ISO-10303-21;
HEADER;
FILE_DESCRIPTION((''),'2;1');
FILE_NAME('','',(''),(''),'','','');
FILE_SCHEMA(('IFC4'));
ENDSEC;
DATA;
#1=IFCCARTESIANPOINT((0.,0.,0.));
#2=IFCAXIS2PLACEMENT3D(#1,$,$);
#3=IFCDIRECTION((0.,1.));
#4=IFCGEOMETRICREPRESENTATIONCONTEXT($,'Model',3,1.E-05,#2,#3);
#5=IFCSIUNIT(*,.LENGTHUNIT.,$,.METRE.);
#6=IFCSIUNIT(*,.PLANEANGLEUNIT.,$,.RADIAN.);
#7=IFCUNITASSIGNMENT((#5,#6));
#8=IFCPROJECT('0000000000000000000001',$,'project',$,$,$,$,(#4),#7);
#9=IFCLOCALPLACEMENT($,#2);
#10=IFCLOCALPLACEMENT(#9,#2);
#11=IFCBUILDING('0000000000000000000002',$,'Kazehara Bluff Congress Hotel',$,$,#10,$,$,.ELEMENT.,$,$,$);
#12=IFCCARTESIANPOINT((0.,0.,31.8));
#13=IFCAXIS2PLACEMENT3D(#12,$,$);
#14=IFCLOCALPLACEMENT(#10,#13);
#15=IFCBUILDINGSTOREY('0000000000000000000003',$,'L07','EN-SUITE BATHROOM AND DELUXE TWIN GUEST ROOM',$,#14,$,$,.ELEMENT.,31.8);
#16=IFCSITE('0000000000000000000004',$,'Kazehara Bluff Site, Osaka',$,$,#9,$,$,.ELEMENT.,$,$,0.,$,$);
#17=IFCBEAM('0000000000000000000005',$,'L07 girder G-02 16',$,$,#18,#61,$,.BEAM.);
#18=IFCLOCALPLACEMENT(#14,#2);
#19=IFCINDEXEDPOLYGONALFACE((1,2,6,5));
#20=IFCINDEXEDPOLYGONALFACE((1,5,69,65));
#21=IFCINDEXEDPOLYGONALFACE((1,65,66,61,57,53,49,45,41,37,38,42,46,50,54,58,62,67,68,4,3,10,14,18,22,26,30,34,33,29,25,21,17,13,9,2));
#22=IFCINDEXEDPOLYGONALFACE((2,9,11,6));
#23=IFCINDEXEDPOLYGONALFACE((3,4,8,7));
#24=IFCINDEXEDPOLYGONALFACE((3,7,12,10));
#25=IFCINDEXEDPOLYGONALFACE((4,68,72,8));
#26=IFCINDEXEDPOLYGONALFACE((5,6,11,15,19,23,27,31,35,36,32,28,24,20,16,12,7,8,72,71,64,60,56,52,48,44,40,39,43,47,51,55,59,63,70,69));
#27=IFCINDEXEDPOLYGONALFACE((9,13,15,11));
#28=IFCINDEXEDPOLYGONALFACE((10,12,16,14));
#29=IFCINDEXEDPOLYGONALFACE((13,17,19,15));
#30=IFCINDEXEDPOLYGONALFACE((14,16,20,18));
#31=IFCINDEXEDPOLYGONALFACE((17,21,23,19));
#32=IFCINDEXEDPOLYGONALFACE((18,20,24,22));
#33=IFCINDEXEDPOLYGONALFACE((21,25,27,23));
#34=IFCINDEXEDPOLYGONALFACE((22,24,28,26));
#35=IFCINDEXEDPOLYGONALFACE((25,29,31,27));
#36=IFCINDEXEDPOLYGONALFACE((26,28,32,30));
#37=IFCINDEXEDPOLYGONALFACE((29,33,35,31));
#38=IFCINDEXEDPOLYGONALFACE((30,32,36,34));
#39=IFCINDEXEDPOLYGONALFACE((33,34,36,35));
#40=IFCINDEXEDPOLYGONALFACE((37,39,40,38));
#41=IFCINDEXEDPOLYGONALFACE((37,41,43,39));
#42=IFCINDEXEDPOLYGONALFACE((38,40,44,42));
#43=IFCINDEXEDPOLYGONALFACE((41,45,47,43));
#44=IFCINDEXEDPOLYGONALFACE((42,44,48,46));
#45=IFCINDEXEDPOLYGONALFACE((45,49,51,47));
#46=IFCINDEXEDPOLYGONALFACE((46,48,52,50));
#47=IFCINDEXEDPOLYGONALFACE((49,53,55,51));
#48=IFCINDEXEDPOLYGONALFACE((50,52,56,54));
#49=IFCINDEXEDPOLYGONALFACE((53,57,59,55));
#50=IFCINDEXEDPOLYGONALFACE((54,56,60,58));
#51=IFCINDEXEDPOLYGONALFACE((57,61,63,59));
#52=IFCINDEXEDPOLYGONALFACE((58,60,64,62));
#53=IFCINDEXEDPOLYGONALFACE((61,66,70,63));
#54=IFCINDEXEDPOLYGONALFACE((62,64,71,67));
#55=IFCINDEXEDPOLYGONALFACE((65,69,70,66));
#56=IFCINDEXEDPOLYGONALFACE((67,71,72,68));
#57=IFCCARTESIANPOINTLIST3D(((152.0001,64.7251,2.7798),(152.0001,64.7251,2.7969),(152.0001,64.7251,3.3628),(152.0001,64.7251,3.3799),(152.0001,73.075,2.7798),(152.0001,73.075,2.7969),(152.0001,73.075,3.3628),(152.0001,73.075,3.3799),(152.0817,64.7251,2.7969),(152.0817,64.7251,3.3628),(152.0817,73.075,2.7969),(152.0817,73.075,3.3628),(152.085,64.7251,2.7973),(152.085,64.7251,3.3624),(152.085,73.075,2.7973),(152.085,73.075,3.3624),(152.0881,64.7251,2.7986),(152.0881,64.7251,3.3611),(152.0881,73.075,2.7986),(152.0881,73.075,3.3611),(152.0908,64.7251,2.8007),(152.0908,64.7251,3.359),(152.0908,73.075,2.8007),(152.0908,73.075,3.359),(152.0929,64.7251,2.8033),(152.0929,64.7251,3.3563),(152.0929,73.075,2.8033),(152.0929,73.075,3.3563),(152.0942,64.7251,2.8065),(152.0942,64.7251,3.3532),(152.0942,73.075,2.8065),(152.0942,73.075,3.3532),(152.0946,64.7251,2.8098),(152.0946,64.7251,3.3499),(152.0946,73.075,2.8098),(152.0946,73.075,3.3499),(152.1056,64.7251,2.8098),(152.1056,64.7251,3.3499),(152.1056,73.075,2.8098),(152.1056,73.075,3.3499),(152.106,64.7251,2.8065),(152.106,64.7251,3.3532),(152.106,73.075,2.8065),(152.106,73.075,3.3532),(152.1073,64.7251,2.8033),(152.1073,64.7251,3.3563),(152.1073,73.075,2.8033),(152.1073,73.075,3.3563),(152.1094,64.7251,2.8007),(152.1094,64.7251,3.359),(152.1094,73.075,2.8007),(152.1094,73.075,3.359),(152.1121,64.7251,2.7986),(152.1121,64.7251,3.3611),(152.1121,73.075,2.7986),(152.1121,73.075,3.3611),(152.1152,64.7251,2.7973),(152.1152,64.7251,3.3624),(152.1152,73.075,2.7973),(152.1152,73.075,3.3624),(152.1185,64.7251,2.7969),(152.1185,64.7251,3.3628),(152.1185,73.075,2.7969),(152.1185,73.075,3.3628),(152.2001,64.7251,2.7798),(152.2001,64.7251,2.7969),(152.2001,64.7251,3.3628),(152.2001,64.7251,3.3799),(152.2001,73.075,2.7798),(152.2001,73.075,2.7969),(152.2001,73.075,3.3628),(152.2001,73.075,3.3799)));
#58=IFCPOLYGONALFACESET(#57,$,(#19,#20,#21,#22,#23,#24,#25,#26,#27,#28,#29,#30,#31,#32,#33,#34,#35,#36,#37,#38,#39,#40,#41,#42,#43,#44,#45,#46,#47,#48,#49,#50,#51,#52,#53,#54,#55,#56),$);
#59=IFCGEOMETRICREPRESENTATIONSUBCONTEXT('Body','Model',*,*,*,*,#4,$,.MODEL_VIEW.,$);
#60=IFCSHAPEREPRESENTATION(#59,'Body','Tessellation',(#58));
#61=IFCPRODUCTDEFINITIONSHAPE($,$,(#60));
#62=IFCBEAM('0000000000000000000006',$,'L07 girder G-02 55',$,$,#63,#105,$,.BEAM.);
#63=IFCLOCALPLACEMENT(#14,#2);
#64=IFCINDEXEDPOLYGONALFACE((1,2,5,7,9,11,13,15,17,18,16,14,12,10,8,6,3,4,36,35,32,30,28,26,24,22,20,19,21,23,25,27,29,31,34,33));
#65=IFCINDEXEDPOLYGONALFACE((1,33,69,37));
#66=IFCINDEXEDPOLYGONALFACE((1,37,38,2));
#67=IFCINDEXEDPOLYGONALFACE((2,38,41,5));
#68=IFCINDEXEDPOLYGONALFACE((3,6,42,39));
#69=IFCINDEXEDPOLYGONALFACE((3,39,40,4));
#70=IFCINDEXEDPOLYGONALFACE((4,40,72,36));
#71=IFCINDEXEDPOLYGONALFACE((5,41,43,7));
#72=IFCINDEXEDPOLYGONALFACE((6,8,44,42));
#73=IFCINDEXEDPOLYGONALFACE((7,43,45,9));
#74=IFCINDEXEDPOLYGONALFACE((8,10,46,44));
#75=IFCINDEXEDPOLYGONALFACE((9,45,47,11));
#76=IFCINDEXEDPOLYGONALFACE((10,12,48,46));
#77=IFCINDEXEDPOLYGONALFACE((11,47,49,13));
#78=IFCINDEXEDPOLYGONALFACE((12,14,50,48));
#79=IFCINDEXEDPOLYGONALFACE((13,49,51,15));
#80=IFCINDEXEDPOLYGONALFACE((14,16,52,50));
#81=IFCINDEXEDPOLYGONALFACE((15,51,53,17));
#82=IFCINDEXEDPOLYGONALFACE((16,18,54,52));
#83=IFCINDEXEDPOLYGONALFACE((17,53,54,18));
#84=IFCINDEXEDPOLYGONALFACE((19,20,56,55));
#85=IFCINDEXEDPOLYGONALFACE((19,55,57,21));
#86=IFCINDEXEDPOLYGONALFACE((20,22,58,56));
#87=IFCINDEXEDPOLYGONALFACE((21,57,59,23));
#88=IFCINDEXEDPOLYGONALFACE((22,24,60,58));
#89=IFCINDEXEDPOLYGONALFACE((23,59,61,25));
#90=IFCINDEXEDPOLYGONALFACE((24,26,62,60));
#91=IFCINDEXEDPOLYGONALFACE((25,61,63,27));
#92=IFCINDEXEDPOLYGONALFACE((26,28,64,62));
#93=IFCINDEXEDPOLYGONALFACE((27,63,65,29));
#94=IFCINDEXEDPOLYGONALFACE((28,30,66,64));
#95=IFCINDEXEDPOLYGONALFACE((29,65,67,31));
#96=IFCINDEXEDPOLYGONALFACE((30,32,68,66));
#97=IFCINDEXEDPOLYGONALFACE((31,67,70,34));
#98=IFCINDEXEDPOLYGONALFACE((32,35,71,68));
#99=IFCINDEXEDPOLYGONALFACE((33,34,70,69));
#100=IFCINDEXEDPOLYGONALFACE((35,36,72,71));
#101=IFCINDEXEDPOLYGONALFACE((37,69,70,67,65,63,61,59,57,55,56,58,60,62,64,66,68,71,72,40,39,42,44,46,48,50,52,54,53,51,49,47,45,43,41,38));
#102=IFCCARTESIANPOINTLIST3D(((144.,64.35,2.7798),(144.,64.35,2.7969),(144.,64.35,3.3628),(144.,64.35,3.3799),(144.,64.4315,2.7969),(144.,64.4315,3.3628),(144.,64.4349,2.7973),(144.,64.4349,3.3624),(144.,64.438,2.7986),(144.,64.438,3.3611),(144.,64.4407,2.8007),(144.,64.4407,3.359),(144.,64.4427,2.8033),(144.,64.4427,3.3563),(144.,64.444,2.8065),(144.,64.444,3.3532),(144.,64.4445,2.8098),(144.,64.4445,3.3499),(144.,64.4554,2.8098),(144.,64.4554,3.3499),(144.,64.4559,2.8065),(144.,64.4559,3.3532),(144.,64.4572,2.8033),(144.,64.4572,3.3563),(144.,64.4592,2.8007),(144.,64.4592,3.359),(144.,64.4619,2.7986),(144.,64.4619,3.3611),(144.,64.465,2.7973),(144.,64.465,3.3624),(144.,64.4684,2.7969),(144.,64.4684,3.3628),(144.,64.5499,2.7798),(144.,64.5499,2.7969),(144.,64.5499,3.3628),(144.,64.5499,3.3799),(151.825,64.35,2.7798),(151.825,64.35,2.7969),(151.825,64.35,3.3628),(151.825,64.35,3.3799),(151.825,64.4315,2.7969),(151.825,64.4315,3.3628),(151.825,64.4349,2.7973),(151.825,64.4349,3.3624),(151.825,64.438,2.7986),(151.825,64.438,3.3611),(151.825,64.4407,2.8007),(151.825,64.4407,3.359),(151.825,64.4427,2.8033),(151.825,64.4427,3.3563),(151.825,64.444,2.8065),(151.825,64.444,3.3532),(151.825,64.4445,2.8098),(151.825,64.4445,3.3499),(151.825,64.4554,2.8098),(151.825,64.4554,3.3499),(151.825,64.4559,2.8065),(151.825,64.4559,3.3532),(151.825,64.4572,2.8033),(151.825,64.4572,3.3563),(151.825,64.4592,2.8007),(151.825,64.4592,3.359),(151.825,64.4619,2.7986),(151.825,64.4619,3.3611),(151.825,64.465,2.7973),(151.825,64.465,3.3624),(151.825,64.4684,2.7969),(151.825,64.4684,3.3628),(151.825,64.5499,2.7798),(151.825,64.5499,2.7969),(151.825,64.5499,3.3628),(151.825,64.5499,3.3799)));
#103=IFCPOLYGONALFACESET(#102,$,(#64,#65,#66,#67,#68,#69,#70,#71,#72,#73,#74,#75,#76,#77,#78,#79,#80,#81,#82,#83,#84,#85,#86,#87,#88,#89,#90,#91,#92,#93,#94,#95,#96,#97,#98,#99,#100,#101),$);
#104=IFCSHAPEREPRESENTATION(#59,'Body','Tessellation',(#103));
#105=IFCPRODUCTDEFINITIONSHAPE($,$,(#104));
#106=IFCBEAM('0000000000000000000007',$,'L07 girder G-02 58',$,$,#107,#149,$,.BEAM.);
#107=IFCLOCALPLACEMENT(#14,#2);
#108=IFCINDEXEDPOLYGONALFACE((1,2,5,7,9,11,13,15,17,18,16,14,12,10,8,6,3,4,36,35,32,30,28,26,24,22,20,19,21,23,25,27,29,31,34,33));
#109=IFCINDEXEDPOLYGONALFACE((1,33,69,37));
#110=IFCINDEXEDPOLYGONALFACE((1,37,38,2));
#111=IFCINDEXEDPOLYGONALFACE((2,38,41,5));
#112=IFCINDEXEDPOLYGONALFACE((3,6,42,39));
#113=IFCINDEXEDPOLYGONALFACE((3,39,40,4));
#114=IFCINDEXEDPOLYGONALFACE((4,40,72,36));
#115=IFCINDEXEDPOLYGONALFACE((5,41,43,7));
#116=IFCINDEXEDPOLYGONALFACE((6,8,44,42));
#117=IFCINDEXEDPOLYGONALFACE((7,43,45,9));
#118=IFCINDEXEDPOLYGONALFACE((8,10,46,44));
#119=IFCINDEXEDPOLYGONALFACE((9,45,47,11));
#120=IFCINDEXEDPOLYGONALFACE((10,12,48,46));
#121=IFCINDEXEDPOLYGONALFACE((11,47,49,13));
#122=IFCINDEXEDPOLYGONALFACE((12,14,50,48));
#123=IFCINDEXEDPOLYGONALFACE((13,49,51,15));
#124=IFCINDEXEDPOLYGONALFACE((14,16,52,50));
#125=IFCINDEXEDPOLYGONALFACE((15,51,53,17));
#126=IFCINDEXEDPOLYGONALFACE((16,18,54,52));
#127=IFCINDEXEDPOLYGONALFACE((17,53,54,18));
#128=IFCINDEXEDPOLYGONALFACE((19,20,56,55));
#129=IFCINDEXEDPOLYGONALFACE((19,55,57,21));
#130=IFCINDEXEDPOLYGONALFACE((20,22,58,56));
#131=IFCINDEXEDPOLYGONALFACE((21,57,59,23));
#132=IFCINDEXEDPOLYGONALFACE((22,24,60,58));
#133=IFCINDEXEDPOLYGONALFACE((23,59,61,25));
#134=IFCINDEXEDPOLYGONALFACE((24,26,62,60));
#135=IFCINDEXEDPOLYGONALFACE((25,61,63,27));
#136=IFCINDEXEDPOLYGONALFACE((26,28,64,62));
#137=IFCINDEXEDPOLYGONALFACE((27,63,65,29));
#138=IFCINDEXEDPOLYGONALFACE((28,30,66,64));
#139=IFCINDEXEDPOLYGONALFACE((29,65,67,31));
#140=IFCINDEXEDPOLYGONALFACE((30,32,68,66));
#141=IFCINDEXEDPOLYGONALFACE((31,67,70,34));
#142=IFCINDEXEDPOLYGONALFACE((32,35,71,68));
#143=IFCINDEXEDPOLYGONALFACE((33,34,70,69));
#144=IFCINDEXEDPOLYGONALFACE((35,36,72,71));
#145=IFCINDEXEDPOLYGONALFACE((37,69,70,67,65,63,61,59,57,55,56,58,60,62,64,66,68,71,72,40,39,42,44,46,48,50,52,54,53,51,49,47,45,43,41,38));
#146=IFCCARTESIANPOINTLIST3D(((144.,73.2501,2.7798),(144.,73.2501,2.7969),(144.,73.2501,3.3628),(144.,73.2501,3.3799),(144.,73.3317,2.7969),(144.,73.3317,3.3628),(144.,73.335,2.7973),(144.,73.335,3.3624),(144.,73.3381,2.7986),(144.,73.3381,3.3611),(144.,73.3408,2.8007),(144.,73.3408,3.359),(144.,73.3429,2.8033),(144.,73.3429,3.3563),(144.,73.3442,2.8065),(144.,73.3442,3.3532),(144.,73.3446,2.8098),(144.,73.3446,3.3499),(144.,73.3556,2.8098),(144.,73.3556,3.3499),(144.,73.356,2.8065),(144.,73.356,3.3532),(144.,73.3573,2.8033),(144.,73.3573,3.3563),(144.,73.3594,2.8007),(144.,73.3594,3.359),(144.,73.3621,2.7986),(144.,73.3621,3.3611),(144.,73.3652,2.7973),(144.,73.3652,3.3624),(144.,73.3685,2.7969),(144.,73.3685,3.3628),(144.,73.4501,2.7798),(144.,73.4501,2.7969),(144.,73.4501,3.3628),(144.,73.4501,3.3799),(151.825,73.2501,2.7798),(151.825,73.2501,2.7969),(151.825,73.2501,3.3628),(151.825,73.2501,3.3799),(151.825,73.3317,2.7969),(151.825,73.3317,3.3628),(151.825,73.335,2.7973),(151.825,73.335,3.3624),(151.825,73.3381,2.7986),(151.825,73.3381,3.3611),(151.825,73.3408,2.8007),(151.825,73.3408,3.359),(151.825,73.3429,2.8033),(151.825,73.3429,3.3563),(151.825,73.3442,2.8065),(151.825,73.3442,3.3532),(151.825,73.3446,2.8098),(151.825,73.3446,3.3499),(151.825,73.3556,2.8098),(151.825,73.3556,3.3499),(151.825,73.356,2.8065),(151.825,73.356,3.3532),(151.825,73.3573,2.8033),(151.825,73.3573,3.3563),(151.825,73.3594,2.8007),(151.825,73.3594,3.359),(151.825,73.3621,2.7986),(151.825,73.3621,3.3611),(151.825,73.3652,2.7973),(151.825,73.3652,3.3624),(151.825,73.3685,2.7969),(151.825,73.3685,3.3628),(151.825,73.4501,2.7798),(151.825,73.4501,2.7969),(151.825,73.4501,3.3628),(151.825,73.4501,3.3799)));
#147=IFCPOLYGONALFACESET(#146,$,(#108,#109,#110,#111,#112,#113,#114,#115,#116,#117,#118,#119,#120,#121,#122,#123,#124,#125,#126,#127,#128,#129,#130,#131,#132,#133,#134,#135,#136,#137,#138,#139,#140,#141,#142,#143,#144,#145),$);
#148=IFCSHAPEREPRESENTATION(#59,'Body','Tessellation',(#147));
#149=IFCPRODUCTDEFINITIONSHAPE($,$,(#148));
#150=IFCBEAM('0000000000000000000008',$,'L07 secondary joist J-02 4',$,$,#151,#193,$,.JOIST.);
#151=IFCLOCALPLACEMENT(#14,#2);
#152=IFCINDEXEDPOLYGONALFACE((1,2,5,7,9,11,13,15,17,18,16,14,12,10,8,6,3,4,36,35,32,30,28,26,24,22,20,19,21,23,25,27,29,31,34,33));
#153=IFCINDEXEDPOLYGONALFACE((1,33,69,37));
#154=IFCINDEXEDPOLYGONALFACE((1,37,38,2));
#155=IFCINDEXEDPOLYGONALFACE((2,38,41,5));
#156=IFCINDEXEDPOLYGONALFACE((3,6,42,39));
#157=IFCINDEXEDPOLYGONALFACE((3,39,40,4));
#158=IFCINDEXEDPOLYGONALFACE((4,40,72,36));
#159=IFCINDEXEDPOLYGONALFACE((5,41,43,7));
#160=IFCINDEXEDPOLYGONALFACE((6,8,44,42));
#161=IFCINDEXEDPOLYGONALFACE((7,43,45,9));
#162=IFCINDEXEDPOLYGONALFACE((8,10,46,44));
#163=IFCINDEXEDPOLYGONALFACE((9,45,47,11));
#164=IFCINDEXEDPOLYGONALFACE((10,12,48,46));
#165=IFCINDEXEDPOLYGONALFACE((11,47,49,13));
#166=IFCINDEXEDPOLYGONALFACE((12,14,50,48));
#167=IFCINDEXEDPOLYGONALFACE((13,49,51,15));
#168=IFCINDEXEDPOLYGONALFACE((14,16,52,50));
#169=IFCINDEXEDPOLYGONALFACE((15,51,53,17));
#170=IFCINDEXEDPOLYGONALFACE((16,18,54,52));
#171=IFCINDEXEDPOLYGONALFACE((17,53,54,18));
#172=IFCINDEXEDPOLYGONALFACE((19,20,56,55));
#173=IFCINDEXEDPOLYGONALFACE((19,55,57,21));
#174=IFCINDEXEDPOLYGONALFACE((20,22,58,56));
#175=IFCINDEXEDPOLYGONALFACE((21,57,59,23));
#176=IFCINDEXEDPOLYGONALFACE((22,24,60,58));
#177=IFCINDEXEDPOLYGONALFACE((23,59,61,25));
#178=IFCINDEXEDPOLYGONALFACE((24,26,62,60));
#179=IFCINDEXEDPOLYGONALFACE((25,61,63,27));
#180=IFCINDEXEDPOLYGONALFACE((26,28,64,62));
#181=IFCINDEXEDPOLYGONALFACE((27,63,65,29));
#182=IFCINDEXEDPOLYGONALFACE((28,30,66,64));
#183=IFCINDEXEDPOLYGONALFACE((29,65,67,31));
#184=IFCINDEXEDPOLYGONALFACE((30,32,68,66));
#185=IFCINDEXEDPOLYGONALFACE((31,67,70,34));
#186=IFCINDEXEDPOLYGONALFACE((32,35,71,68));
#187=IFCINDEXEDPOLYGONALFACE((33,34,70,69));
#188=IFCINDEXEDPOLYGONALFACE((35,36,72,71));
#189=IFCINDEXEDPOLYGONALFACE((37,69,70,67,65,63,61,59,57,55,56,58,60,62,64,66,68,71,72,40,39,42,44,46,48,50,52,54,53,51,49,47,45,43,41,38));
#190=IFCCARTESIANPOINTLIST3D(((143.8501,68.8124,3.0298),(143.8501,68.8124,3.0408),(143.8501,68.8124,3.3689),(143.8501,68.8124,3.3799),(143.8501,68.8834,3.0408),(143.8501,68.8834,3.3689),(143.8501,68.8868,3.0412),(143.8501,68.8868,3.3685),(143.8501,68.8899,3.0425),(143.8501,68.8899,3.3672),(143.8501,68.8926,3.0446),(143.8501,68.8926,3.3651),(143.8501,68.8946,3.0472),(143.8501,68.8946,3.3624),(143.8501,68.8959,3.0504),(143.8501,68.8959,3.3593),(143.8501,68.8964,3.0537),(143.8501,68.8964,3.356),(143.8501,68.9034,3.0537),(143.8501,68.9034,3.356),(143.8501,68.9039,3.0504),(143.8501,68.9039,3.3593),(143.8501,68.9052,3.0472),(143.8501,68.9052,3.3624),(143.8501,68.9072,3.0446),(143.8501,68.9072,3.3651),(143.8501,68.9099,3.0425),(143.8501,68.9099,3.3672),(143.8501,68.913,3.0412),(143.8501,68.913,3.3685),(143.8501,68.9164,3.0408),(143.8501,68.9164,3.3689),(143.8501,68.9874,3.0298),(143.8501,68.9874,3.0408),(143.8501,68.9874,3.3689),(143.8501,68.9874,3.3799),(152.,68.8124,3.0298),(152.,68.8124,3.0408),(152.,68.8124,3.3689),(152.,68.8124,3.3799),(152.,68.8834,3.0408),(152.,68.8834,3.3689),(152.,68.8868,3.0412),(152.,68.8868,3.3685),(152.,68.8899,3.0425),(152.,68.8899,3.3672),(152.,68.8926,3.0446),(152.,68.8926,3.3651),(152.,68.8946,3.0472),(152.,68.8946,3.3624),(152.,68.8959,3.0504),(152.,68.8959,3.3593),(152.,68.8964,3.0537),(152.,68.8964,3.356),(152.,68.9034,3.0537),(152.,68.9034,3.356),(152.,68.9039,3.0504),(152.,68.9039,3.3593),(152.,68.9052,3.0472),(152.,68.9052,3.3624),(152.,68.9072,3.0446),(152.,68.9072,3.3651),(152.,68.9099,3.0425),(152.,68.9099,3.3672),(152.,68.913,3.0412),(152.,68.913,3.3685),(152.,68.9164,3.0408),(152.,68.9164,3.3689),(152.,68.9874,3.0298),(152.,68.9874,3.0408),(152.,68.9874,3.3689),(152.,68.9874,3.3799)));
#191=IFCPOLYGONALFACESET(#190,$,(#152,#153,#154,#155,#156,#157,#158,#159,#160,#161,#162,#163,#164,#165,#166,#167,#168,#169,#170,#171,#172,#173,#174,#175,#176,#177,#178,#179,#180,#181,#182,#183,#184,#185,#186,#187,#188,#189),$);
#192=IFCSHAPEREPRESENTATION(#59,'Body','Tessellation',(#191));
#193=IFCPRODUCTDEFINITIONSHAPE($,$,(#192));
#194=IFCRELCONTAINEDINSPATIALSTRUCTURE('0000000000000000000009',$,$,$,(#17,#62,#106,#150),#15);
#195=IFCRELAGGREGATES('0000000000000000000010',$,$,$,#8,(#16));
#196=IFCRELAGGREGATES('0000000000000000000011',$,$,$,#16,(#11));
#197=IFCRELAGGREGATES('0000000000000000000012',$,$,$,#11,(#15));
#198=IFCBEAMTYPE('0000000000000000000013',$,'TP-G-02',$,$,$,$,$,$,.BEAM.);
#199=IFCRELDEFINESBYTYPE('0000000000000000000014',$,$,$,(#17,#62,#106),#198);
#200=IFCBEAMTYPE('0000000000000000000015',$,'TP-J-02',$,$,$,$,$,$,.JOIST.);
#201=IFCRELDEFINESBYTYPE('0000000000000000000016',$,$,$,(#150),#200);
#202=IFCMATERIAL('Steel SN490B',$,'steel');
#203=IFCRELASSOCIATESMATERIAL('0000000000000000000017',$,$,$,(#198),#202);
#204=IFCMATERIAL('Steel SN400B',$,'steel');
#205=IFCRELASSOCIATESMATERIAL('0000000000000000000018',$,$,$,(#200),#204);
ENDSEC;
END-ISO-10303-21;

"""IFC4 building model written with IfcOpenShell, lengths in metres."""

from ifc_helpers import new_model, si_unit, direction, frame, origin, origin_2d, place, context, subcontext, project, spatial, i_section, extrude, material, material_profile, profile_set, type_object, element, save


model = new_model("IFC4")

# Units and contexts
model_context = context("Model", 3, precision=1e-05, world=origin(), true_north=direction((0.0, 1.0)))
body_context = subcontext(model_context, "Body", "Model", "MODEL_VIEW")
ifc_project = project(units=[si_unit("LENGTHUNIT", "METRE"), si_unit("PLANEANGLEUNIT", "RADIAN")], contexts=[model_context])

# Site, building, storey
site_placement = place(None, origin())
site = spatial("IfcSite", under=ifc_project, at=site_placement, Name="Kazehara Bluff Site, Osaka", CompositionType="ELEMENT", RefElevation=0.0)
building_placement = place(site_placement, origin())
building = spatial("IfcBuilding", under=site, at=building_placement, Name="Kazehara Bluff Congress Hotel", CompositionType="ELEMENT")
storey_placement = place(building_placement, frame((0.0, 0.0, 31.8)))
storey = spatial("IfcBuildingStorey", under=building, at=storey_placement, Name="L07", Description="EN-SUITE BATHROOM AND DELUXE TWIN GUEST ROOM", CompositionType="ELEMENT", Elevation=31.8)

# Beams
ifc_material_1 = material(Name="Steel SN490B", Category="steel")
ifc_material_profile_1 = material_profile(ifc_material_1, i_section(OverallWidth=0.2, OverallDepth=0.6001, WebThickness=0.011, FlangeThickness=0.0171, FilletRadius=0.0129, at=origin_2d()))
ifc_profile_set_1 = profile_set([ifc_material_profile_1], Name="Steel SN490B")
beam_type_1 = type_object("IfcBeamType", Name="TP-G-02", PredefinedType="BEAM", material=ifc_profile_set_1)
beam_1_placement = place(storey_placement, frame((152.1001, 64.7251, 3.0798), z_axis=(0.0, 1.0, 0.0), x_axis=(-1.0, 0.0, 0.0)))
element("IfcBeam", 1, at=beam_1_placement, inside=storey, type_object=beam_type_1, Name="L07 girder G-02 16", PredefinedType="BEAM", context=body_context, shape_type="SweptSolid", body=[
    extrude(i_section(OverallWidth=0.2, OverallDepth=0.6001, WebThickness=0.011, FlangeThickness=0.0171, FilletRadius=0.0129, at=origin_2d()), origin(), (0.0, 0.0, 1.0), 8.3499),
])
for number, where, z_axis, x_axis, name in (
    (2, (144.0, 64.45, 3.0798), (1.0, 0.0, 0.0), (0.0, 1.0, 0.0), "L07 girder G-02 55"),
    (3, (144.0, 73.3501, 3.0798), (1.0, 0.0, 0.0), (0.0, 1.0, 0.0), "L07 girder G-02 58"),
):
    element("IfcBeam", number, at=place(storey_placement, frame(where, z_axis=z_axis, x_axis=x_axis)), inside=storey, type_object=beam_type_1, Name=name, PredefinedType="BEAM", context=body_context, shape_type="SweptSolid", body=[
        extrude(i_section(OverallWidth=0.2, OverallDepth=0.6001, WebThickness=0.011, FlangeThickness=0.0171, FilletRadius=0.0129, at=origin_2d()), origin(), (0.0, 0.0, 1.0), 7.825),
    ])
ifc_material_2 = material(Name="Steel SN400B", Category="steel")
ifc_material_profile_2 = material_profile(ifc_material_2, i_section(OverallWidth=0.175, OverallDepth=0.3501, WebThickness=0.0071, FlangeThickness=0.011, FilletRadius=0.0129, at=origin_2d()))
ifc_profile_set_2 = profile_set([ifc_material_profile_2], Name="Steel SN400B")
beam_type_2 = type_object("IfcBeamType", Name="TP-J-02", PredefinedType="JOIST", material=ifc_profile_set_2)
for number, where, z_axis, x_axis, name in (
    (4, (143.8501, 68.8999, 3.2048), (1.0, 0.0, 0.0), (0.0, 1.0, 0.0), "L07 secondary joist J-02 4"),
):
    element("IfcBeam", number, at=place(storey_placement, frame(where, z_axis=z_axis, x_axis=x_axis)), inside=storey, type_object=beam_type_2, Name=name, PredefinedType="JOIST", context=body_context, shape_type="SweptSolid", body=[
        extrude(i_section(OverallWidth=0.175, OverallDepth=0.3501, WebThickness=0.0071, FlangeThickness=0.011, FilletRadius=0.0129, at=origin_2d()), origin(), (0.0, 0.0, 1.0), 8.1499),
    ])

save(model, "model.ifc")
